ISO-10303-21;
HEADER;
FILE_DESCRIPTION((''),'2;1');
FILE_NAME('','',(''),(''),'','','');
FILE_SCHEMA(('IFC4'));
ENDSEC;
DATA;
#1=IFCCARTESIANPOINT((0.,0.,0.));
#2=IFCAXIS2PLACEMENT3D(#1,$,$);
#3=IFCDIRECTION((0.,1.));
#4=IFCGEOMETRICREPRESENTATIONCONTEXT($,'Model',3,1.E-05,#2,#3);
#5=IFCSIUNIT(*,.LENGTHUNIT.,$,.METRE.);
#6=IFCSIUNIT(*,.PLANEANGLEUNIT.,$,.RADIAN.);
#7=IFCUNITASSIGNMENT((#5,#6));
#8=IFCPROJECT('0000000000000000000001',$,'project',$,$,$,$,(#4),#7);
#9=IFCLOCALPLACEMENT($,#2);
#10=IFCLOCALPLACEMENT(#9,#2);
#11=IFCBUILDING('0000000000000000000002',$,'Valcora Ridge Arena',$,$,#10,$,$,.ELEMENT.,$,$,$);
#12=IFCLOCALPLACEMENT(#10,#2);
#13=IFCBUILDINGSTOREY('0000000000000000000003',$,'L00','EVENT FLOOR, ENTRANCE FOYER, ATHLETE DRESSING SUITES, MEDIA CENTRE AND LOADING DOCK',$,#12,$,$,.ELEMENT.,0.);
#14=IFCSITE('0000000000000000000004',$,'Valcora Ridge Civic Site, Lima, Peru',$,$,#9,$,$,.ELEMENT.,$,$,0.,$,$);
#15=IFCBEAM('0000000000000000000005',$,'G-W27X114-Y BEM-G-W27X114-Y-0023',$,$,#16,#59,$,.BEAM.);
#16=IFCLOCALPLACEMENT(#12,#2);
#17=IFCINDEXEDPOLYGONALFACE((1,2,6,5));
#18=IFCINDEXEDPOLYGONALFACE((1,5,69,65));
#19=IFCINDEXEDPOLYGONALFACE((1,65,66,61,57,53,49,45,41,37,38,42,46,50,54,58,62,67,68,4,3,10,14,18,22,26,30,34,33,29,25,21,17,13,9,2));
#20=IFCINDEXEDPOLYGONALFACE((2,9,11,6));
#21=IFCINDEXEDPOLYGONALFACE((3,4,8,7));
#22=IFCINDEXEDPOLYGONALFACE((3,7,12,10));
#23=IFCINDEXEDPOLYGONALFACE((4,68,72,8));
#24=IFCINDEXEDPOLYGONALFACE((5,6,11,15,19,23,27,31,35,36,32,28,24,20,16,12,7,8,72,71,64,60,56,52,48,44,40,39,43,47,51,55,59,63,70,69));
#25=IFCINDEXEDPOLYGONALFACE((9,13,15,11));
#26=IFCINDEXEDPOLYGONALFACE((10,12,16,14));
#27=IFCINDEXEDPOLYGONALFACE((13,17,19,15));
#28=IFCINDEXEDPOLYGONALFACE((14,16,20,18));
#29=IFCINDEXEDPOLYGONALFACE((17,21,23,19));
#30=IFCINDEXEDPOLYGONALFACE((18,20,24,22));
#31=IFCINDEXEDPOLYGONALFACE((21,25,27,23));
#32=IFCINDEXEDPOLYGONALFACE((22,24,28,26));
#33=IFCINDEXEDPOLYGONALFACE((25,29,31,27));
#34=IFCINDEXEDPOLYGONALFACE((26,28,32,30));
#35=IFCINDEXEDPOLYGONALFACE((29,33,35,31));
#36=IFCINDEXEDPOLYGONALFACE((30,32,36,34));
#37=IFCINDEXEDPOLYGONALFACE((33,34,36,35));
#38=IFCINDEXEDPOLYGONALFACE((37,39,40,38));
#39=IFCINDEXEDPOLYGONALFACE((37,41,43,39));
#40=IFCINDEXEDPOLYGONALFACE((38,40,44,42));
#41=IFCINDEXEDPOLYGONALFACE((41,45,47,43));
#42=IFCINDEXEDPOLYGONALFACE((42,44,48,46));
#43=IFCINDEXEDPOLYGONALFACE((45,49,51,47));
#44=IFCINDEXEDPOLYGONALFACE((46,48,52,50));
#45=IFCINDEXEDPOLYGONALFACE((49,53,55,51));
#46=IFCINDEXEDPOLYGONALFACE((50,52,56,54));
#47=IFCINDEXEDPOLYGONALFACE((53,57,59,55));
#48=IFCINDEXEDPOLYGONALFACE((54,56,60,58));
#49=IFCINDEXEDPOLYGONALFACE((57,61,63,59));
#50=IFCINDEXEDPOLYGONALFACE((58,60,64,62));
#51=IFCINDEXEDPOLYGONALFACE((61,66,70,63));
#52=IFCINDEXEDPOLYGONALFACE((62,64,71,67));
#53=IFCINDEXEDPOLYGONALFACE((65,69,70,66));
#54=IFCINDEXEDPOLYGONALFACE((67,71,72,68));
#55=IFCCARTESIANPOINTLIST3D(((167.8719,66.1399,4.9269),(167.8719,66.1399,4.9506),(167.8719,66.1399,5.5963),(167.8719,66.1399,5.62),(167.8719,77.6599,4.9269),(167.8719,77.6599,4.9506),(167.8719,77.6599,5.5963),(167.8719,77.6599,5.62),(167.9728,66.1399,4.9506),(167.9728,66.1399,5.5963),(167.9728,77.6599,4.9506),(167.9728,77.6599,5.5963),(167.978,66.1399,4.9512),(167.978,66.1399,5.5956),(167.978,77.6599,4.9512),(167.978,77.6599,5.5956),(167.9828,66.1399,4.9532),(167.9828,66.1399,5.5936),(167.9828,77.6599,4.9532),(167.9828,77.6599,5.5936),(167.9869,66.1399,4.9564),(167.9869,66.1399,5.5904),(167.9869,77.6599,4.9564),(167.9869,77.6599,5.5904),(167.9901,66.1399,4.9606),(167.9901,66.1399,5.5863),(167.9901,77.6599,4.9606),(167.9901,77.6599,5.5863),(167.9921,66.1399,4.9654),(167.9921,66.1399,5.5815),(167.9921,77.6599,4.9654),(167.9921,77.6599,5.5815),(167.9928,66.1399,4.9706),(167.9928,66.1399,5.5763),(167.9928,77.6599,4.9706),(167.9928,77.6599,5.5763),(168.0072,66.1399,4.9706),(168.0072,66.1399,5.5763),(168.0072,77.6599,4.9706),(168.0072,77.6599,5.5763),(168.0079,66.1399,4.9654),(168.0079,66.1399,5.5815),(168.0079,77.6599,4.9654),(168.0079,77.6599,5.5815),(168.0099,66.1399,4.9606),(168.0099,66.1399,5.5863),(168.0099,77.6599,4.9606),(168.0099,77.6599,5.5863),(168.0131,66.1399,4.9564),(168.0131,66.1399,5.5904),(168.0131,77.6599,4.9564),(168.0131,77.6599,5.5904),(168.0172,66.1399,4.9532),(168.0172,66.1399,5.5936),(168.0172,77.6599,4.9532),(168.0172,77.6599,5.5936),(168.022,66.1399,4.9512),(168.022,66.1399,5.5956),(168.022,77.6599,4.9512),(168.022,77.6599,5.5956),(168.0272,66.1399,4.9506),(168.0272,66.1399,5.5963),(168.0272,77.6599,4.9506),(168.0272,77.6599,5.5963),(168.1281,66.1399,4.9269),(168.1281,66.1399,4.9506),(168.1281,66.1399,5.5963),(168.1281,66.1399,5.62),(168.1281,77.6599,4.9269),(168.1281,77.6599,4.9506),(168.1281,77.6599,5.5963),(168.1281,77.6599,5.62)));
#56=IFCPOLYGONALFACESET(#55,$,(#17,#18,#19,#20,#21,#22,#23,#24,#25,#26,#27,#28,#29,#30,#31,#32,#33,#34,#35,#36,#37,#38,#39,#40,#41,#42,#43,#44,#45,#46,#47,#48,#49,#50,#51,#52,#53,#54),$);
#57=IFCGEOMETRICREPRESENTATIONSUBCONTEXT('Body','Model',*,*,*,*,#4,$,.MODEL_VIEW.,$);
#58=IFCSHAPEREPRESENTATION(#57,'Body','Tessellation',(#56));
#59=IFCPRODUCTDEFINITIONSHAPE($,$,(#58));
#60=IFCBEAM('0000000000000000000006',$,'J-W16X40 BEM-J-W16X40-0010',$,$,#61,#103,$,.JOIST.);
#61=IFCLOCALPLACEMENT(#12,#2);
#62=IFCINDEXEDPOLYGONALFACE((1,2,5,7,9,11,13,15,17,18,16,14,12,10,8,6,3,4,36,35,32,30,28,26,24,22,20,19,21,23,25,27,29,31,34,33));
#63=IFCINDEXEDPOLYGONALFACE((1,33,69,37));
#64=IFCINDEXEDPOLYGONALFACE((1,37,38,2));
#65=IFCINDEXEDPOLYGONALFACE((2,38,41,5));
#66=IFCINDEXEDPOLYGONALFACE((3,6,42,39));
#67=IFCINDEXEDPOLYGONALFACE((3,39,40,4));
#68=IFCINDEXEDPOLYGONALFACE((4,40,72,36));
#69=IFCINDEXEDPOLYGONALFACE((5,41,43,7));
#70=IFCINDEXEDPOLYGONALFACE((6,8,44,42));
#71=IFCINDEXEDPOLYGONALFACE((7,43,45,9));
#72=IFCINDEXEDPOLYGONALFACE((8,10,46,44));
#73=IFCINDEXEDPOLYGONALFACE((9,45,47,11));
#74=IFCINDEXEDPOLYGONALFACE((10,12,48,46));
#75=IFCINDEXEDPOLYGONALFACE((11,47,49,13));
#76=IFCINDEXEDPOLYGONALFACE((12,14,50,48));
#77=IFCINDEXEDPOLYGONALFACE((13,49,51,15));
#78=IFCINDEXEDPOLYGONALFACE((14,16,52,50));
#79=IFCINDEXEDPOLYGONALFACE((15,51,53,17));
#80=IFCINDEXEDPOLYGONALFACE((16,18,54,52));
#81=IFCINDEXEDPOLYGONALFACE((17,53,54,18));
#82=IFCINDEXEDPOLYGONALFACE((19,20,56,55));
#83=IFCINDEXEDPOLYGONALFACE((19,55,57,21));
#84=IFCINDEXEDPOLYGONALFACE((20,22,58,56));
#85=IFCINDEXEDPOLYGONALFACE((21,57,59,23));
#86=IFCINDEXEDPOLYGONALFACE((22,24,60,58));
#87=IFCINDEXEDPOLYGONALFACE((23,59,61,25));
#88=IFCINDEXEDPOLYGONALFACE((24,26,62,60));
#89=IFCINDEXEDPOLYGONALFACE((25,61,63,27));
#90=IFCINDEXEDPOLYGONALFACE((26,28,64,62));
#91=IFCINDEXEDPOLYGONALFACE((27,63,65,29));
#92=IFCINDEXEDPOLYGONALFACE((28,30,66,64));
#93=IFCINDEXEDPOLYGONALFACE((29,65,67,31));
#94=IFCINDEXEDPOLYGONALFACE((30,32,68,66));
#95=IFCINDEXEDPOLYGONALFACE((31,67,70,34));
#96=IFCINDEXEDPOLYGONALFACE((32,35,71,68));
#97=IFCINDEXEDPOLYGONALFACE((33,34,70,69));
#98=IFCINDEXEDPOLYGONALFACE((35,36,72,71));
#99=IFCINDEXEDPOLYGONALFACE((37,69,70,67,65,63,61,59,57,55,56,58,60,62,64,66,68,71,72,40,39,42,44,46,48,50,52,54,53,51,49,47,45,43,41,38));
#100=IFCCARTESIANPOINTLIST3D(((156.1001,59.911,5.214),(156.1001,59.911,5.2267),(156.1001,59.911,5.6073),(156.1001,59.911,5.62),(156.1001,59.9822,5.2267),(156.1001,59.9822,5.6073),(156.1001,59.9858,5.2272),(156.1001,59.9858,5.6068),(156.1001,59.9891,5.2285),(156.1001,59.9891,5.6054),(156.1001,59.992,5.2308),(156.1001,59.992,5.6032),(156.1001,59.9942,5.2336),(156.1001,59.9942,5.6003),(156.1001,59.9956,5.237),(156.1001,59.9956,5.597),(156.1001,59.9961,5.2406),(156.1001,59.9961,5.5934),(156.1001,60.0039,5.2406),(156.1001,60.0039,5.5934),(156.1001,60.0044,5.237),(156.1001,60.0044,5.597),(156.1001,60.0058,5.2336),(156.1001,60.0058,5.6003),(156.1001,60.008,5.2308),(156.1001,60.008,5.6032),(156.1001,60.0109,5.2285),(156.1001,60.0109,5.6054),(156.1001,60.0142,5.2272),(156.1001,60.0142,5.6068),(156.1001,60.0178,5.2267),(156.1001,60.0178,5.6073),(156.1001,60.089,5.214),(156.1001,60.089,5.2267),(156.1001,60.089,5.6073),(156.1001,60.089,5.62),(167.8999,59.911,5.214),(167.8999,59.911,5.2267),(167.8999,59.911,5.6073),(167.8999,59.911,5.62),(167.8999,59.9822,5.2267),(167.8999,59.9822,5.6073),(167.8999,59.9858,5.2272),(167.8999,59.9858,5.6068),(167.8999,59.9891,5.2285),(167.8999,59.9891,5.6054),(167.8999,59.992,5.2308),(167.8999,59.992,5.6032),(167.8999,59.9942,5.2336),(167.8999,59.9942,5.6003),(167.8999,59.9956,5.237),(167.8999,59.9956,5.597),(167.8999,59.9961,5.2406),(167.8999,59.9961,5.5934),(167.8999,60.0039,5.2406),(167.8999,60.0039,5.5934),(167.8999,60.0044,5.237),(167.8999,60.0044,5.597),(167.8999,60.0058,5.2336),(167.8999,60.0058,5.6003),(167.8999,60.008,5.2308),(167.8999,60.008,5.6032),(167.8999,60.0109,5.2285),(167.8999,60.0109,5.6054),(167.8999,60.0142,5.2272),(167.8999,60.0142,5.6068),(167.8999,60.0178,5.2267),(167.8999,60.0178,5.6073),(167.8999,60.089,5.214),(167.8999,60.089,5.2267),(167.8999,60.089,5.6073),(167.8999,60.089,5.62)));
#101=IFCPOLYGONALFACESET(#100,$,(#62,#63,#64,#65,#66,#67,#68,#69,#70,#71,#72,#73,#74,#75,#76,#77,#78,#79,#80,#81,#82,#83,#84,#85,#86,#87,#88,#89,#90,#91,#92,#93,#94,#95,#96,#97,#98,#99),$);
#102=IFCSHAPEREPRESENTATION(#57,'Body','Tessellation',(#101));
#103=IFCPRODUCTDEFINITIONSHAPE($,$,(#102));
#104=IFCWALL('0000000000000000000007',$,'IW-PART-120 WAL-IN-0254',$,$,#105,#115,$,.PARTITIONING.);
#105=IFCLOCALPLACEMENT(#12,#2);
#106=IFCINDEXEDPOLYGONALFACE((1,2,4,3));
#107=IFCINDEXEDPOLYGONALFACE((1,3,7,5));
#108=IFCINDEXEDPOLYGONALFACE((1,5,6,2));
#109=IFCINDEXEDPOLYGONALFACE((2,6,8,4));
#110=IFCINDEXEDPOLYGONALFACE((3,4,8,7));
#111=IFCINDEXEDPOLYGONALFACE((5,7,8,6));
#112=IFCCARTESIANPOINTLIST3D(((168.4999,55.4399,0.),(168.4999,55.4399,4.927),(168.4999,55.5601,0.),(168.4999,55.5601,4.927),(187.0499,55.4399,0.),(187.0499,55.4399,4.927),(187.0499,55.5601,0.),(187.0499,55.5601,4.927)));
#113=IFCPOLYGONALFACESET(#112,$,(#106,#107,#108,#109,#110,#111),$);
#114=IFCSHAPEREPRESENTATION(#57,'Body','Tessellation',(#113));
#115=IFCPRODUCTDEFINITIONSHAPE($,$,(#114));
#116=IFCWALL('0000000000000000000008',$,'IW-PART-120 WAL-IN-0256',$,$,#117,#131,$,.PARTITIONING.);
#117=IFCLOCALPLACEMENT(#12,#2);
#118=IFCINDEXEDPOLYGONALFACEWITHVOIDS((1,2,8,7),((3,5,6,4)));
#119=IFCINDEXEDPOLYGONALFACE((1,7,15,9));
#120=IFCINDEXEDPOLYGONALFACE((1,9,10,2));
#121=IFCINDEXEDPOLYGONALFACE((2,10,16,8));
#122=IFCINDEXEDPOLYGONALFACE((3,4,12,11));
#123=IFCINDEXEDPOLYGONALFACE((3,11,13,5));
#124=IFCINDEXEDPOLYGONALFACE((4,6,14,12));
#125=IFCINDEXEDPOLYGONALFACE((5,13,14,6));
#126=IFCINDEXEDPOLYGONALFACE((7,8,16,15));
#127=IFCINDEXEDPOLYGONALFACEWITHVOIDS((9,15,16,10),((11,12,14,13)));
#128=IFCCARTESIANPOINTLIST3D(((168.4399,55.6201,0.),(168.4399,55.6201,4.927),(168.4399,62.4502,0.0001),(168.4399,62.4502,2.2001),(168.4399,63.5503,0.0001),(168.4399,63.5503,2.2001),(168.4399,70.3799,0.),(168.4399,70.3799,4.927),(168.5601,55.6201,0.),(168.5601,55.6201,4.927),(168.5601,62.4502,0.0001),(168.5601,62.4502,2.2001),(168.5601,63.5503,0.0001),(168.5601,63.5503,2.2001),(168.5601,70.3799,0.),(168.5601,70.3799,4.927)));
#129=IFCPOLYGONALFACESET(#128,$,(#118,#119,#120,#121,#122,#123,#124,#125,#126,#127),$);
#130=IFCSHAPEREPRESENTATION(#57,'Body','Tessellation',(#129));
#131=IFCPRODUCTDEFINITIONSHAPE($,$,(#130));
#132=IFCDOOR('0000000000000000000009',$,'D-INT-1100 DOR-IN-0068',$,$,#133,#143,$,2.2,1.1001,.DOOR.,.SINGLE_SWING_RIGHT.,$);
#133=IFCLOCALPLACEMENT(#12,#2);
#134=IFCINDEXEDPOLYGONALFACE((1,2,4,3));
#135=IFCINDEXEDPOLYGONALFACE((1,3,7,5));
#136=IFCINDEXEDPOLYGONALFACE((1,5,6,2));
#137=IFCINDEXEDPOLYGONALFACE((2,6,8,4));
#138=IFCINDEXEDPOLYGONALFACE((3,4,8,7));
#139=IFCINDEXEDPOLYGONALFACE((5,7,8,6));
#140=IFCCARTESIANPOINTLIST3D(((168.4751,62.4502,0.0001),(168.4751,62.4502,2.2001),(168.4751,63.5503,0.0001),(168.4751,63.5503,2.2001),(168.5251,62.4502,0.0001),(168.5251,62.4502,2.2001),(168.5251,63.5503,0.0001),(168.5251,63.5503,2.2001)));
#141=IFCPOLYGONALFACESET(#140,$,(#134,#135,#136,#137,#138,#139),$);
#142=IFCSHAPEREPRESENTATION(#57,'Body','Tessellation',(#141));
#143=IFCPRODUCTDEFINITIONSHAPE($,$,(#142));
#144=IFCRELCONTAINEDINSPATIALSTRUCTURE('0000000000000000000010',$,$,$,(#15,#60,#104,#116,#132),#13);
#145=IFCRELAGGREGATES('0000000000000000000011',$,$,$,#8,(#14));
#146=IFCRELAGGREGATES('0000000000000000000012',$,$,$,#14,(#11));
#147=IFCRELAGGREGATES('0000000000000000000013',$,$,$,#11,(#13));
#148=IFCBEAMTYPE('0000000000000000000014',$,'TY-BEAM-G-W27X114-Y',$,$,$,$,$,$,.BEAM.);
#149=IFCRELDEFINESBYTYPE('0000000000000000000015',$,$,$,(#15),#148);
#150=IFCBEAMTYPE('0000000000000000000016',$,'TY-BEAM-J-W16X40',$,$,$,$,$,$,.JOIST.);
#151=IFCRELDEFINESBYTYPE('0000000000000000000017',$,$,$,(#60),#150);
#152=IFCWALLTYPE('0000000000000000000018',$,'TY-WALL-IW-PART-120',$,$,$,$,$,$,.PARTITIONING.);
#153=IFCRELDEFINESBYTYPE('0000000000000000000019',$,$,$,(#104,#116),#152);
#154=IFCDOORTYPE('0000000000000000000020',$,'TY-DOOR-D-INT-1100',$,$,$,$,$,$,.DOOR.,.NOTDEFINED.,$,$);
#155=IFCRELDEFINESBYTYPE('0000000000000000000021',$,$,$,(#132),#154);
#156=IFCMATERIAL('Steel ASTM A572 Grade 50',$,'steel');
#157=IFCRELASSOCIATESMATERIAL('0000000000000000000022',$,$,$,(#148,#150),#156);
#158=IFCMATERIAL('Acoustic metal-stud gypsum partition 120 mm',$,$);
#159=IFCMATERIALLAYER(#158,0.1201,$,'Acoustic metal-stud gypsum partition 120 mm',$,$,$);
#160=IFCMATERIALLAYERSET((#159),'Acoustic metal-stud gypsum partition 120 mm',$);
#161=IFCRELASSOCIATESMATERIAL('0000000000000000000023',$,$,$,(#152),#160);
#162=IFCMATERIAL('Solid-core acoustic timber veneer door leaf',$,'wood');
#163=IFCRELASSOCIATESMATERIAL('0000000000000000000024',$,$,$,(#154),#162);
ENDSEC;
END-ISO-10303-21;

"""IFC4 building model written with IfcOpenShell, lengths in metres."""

from ifc_helpers import new_model, si_unit, direction, frame, frame_2d, origin, origin_2d, place, context, subcontext, project, spatial, rectangle, i_section, extrude, material, layer, layer_set, material_profile, profile_set, type_object, element, fill, save


model = new_model("IFC4")

# Units and contexts
model_context = context("Model", 3, precision=1e-05, world=origin(), true_north=direction((0.0, 1.0)))
body_context = subcontext(model_context, "Body", "Model", "MODEL_VIEW")
ifc_project = project(units=[si_unit("LENGTHUNIT", "METRE"), si_unit("PLANEANGLEUNIT", "RADIAN")], contexts=[model_context])

# Site, building, storey
site_placement = place(None, origin())
site = spatial("IfcSite", under=ifc_project, at=site_placement, Name="Valcora Ridge Civic Site, Lima, Peru", CompositionType="ELEMENT", RefElevation=0.0)
building_placement = place(site_placement, origin())
building = spatial("IfcBuilding", under=site, at=building_placement, Name="Valcora Ridge Arena", CompositionType="ELEMENT")
storey_placement = place(building_placement, origin())
storey = spatial("IfcBuildingStorey", under=building, at=storey_placement, Name="L00", Description="EVENT FLOOR, ENTRANCE FOYER, ATHLETE DRESSING SUITES, MEDIA CENTRE AND LOADING DOCK", CompositionType="ELEMENT", Elevation=0.0)

# Shared definitions
ifc_material_1 = material(Name="Steel ASTM A572 Grade 50", Category="steel")

# Beams
ifc_material_profile_1 = material_profile(ifc_material_1, i_section(OverallWidth=0.2561, OverallDepth=0.6931, WebThickness=0.0144, FlangeThickness=0.0237, FilletRadius=0.02, at=origin_2d()), Name="W27X114")
ifc_profile_set_1 = profile_set([ifc_material_profile_1], Name="Steel ASTM A572 Grade 50")
beam_type_1 = type_object("IfcBeamType", Name="TY-BEAM-G-W27X114-Y", PredefinedType="BEAM", material=ifc_profile_set_1)
beam_1_placement = place(storey_placement, frame((168.0, 66.1399, 5.2734), z_axis=(0.0, 1.0, 0.0), x_axis=(-1.0, 0.0, 0.0)))
element("IfcBeam", 1, at=beam_1_placement, inside=storey, type_object=beam_type_1, Name="G-W27X114-Y BEM-G-W27X114-Y-0023", PredefinedType="BEAM", context=body_context, shape_type="SweptSolid", body=[
    extrude(i_section(OverallWidth=0.2561, OverallDepth=0.6931, WebThickness=0.0144, FlangeThickness=0.0237, FilletRadius=0.02, at=origin_2d()), origin(), (0.0, 0.0, 1.0), 11.52),
])
ifc_material_profile_2 = material_profile(ifc_material_1, i_section(OverallWidth=0.178, OverallDepth=0.406, WebThickness=0.0078, FlangeThickness=0.0127, FilletRadius=0.0139, at=origin_2d()), Name="W16X40")
ifc_profile_set_2 = profile_set([ifc_material_profile_2], Name="Steel ASTM A572 Grade 50")
beam_type_2 = type_object("IfcBeamType", Name="TY-BEAM-J-W16X40", PredefinedType="JOIST", material=ifc_profile_set_2)
beam_2_placement = place(storey_placement, frame((156.1001, 60.0, 5.417), z_axis=(1.0, 0.0, 0.0), x_axis=(0.0, 1.0, 0.0)))
element("IfcBeam", 2, at=beam_2_placement, inside=storey, type_object=beam_type_2, Name="J-W16X40 BEM-J-W16X40-0010", PredefinedType="JOIST", context=body_context, shape_type="SweptSolid", body=[
    extrude(i_section(OverallWidth=0.178, OverallDepth=0.406, WebThickness=0.0078, FlangeThickness=0.0127, FilletRadius=0.0139, at=origin_2d()), origin(), (0.0, 0.0, 1.0), 11.7998),
])

# Wall
ifc_material_2 = material(Name="Acoustic metal-stud gypsum partition 120 mm")
ifc_layer_1 = layer(ifc_material_2, 0.1201, Name="Acoustic metal-stud gypsum partition 120 mm")
ifc_layer_set_1 = layer_set([ifc_layer_1], Name="Acoustic metal-stud gypsum partition 120 mm")
wall_type = type_object("IfcWallType", Name="TY-WALL-IW-PART-120", PredefinedType="PARTITIONING", material=ifc_layer_set_1)
wall_1_placement = place(storey_placement, frame((168.5, 55.5, 0.0), z_axis=(0.0, 0.0, 1.0), x_axis=(1.0, 0.0, 0.0)))
element("IfcWall", 3, at=wall_1_placement, inside=storey, type_object=wall_type, Name="IW-PART-120 WAL-IN-0254", PredefinedType="PARTITIONING", context=body_context, shape_type="SweptSolid", body=[
    extrude(rectangle(XDim=18.55, YDim=0.1201, at=frame_2d((9.2749, 0.0))), origin(), (0.0, 0.0, 1.0), 4.927),
])

# Wall, opening, door
wall_2_placement = place(storey_placement, frame((168.5, 55.6201, 0.0), z_axis=(0.0, 0.0, 1.0), x_axis=(0.0, 1.0, 0.0)))
wall_2 = element("IfcWall", 4, at=wall_2_placement, inside=storey, type_object=wall_type, Name="IW-PART-120 WAL-IN-0256", PredefinedType="PARTITIONING", context=body_context, shape_type="SweptSolid", body=[
    extrude(rectangle(XDim=14.7598, YDim=0.1201, at=frame_2d((7.3799, 0.0))), origin(), (0.0, 0.0, 1.0), 4.927),
])
opening_placement = place(wall_2_placement, frame((6.8301, 0.0, 0.0)))
opening = element("IfcOpeningElement", 5, at=opening_placement, cuts=wall_2, PredefinedType="OPENING", context=body_context, shape_type="SweptSolid", body=[
    extrude(rectangle(XDim=1.1001, YDim=2.2, at=frame_2d((0.55, 1.1001))), frame((0.0, 0.0701, 0.0), z_axis=(0.0, -1.0, 0.0), x_axis=(1.0, 0.0, 0.0)), (0.0, 0.0, 1.0), 0.1401),
])
ifc_material_3 = material(Name="Solid-core acoustic timber veneer door leaf", Category="wood")
door_type = type_object("IfcDoorType", Name="TY-DOOR-D-INT-1100", OperationType="NOTDEFINED", PredefinedType="DOOR", material=ifc_material_3)
door_placement = place(opening_placement, origin())
door = element("IfcDoor", 6, at=door_placement, inside=storey, type_object=door_type, Name="D-INT-1100 DOR-IN-0068", OperationType="SINGLE_SWING_RIGHT", OverallHeight=2.2, OverallWidth=1.1001, PredefinedType="DOOR", context=body_context, shape_type="SweptSolid", body=[
    extrude(rectangle(XDim=1.1001, YDim=2.2, at=frame_2d((0.55, 1.1001))), frame((0.0, 0.0249, 0.0), z_axis=(0.0, -1.0, 0.0), x_axis=(1.0, 0.0, 0.0)), (0.0, 0.0, 1.0), 0.05),
])
fill(opening, door)

save(model, "model.ifc")
